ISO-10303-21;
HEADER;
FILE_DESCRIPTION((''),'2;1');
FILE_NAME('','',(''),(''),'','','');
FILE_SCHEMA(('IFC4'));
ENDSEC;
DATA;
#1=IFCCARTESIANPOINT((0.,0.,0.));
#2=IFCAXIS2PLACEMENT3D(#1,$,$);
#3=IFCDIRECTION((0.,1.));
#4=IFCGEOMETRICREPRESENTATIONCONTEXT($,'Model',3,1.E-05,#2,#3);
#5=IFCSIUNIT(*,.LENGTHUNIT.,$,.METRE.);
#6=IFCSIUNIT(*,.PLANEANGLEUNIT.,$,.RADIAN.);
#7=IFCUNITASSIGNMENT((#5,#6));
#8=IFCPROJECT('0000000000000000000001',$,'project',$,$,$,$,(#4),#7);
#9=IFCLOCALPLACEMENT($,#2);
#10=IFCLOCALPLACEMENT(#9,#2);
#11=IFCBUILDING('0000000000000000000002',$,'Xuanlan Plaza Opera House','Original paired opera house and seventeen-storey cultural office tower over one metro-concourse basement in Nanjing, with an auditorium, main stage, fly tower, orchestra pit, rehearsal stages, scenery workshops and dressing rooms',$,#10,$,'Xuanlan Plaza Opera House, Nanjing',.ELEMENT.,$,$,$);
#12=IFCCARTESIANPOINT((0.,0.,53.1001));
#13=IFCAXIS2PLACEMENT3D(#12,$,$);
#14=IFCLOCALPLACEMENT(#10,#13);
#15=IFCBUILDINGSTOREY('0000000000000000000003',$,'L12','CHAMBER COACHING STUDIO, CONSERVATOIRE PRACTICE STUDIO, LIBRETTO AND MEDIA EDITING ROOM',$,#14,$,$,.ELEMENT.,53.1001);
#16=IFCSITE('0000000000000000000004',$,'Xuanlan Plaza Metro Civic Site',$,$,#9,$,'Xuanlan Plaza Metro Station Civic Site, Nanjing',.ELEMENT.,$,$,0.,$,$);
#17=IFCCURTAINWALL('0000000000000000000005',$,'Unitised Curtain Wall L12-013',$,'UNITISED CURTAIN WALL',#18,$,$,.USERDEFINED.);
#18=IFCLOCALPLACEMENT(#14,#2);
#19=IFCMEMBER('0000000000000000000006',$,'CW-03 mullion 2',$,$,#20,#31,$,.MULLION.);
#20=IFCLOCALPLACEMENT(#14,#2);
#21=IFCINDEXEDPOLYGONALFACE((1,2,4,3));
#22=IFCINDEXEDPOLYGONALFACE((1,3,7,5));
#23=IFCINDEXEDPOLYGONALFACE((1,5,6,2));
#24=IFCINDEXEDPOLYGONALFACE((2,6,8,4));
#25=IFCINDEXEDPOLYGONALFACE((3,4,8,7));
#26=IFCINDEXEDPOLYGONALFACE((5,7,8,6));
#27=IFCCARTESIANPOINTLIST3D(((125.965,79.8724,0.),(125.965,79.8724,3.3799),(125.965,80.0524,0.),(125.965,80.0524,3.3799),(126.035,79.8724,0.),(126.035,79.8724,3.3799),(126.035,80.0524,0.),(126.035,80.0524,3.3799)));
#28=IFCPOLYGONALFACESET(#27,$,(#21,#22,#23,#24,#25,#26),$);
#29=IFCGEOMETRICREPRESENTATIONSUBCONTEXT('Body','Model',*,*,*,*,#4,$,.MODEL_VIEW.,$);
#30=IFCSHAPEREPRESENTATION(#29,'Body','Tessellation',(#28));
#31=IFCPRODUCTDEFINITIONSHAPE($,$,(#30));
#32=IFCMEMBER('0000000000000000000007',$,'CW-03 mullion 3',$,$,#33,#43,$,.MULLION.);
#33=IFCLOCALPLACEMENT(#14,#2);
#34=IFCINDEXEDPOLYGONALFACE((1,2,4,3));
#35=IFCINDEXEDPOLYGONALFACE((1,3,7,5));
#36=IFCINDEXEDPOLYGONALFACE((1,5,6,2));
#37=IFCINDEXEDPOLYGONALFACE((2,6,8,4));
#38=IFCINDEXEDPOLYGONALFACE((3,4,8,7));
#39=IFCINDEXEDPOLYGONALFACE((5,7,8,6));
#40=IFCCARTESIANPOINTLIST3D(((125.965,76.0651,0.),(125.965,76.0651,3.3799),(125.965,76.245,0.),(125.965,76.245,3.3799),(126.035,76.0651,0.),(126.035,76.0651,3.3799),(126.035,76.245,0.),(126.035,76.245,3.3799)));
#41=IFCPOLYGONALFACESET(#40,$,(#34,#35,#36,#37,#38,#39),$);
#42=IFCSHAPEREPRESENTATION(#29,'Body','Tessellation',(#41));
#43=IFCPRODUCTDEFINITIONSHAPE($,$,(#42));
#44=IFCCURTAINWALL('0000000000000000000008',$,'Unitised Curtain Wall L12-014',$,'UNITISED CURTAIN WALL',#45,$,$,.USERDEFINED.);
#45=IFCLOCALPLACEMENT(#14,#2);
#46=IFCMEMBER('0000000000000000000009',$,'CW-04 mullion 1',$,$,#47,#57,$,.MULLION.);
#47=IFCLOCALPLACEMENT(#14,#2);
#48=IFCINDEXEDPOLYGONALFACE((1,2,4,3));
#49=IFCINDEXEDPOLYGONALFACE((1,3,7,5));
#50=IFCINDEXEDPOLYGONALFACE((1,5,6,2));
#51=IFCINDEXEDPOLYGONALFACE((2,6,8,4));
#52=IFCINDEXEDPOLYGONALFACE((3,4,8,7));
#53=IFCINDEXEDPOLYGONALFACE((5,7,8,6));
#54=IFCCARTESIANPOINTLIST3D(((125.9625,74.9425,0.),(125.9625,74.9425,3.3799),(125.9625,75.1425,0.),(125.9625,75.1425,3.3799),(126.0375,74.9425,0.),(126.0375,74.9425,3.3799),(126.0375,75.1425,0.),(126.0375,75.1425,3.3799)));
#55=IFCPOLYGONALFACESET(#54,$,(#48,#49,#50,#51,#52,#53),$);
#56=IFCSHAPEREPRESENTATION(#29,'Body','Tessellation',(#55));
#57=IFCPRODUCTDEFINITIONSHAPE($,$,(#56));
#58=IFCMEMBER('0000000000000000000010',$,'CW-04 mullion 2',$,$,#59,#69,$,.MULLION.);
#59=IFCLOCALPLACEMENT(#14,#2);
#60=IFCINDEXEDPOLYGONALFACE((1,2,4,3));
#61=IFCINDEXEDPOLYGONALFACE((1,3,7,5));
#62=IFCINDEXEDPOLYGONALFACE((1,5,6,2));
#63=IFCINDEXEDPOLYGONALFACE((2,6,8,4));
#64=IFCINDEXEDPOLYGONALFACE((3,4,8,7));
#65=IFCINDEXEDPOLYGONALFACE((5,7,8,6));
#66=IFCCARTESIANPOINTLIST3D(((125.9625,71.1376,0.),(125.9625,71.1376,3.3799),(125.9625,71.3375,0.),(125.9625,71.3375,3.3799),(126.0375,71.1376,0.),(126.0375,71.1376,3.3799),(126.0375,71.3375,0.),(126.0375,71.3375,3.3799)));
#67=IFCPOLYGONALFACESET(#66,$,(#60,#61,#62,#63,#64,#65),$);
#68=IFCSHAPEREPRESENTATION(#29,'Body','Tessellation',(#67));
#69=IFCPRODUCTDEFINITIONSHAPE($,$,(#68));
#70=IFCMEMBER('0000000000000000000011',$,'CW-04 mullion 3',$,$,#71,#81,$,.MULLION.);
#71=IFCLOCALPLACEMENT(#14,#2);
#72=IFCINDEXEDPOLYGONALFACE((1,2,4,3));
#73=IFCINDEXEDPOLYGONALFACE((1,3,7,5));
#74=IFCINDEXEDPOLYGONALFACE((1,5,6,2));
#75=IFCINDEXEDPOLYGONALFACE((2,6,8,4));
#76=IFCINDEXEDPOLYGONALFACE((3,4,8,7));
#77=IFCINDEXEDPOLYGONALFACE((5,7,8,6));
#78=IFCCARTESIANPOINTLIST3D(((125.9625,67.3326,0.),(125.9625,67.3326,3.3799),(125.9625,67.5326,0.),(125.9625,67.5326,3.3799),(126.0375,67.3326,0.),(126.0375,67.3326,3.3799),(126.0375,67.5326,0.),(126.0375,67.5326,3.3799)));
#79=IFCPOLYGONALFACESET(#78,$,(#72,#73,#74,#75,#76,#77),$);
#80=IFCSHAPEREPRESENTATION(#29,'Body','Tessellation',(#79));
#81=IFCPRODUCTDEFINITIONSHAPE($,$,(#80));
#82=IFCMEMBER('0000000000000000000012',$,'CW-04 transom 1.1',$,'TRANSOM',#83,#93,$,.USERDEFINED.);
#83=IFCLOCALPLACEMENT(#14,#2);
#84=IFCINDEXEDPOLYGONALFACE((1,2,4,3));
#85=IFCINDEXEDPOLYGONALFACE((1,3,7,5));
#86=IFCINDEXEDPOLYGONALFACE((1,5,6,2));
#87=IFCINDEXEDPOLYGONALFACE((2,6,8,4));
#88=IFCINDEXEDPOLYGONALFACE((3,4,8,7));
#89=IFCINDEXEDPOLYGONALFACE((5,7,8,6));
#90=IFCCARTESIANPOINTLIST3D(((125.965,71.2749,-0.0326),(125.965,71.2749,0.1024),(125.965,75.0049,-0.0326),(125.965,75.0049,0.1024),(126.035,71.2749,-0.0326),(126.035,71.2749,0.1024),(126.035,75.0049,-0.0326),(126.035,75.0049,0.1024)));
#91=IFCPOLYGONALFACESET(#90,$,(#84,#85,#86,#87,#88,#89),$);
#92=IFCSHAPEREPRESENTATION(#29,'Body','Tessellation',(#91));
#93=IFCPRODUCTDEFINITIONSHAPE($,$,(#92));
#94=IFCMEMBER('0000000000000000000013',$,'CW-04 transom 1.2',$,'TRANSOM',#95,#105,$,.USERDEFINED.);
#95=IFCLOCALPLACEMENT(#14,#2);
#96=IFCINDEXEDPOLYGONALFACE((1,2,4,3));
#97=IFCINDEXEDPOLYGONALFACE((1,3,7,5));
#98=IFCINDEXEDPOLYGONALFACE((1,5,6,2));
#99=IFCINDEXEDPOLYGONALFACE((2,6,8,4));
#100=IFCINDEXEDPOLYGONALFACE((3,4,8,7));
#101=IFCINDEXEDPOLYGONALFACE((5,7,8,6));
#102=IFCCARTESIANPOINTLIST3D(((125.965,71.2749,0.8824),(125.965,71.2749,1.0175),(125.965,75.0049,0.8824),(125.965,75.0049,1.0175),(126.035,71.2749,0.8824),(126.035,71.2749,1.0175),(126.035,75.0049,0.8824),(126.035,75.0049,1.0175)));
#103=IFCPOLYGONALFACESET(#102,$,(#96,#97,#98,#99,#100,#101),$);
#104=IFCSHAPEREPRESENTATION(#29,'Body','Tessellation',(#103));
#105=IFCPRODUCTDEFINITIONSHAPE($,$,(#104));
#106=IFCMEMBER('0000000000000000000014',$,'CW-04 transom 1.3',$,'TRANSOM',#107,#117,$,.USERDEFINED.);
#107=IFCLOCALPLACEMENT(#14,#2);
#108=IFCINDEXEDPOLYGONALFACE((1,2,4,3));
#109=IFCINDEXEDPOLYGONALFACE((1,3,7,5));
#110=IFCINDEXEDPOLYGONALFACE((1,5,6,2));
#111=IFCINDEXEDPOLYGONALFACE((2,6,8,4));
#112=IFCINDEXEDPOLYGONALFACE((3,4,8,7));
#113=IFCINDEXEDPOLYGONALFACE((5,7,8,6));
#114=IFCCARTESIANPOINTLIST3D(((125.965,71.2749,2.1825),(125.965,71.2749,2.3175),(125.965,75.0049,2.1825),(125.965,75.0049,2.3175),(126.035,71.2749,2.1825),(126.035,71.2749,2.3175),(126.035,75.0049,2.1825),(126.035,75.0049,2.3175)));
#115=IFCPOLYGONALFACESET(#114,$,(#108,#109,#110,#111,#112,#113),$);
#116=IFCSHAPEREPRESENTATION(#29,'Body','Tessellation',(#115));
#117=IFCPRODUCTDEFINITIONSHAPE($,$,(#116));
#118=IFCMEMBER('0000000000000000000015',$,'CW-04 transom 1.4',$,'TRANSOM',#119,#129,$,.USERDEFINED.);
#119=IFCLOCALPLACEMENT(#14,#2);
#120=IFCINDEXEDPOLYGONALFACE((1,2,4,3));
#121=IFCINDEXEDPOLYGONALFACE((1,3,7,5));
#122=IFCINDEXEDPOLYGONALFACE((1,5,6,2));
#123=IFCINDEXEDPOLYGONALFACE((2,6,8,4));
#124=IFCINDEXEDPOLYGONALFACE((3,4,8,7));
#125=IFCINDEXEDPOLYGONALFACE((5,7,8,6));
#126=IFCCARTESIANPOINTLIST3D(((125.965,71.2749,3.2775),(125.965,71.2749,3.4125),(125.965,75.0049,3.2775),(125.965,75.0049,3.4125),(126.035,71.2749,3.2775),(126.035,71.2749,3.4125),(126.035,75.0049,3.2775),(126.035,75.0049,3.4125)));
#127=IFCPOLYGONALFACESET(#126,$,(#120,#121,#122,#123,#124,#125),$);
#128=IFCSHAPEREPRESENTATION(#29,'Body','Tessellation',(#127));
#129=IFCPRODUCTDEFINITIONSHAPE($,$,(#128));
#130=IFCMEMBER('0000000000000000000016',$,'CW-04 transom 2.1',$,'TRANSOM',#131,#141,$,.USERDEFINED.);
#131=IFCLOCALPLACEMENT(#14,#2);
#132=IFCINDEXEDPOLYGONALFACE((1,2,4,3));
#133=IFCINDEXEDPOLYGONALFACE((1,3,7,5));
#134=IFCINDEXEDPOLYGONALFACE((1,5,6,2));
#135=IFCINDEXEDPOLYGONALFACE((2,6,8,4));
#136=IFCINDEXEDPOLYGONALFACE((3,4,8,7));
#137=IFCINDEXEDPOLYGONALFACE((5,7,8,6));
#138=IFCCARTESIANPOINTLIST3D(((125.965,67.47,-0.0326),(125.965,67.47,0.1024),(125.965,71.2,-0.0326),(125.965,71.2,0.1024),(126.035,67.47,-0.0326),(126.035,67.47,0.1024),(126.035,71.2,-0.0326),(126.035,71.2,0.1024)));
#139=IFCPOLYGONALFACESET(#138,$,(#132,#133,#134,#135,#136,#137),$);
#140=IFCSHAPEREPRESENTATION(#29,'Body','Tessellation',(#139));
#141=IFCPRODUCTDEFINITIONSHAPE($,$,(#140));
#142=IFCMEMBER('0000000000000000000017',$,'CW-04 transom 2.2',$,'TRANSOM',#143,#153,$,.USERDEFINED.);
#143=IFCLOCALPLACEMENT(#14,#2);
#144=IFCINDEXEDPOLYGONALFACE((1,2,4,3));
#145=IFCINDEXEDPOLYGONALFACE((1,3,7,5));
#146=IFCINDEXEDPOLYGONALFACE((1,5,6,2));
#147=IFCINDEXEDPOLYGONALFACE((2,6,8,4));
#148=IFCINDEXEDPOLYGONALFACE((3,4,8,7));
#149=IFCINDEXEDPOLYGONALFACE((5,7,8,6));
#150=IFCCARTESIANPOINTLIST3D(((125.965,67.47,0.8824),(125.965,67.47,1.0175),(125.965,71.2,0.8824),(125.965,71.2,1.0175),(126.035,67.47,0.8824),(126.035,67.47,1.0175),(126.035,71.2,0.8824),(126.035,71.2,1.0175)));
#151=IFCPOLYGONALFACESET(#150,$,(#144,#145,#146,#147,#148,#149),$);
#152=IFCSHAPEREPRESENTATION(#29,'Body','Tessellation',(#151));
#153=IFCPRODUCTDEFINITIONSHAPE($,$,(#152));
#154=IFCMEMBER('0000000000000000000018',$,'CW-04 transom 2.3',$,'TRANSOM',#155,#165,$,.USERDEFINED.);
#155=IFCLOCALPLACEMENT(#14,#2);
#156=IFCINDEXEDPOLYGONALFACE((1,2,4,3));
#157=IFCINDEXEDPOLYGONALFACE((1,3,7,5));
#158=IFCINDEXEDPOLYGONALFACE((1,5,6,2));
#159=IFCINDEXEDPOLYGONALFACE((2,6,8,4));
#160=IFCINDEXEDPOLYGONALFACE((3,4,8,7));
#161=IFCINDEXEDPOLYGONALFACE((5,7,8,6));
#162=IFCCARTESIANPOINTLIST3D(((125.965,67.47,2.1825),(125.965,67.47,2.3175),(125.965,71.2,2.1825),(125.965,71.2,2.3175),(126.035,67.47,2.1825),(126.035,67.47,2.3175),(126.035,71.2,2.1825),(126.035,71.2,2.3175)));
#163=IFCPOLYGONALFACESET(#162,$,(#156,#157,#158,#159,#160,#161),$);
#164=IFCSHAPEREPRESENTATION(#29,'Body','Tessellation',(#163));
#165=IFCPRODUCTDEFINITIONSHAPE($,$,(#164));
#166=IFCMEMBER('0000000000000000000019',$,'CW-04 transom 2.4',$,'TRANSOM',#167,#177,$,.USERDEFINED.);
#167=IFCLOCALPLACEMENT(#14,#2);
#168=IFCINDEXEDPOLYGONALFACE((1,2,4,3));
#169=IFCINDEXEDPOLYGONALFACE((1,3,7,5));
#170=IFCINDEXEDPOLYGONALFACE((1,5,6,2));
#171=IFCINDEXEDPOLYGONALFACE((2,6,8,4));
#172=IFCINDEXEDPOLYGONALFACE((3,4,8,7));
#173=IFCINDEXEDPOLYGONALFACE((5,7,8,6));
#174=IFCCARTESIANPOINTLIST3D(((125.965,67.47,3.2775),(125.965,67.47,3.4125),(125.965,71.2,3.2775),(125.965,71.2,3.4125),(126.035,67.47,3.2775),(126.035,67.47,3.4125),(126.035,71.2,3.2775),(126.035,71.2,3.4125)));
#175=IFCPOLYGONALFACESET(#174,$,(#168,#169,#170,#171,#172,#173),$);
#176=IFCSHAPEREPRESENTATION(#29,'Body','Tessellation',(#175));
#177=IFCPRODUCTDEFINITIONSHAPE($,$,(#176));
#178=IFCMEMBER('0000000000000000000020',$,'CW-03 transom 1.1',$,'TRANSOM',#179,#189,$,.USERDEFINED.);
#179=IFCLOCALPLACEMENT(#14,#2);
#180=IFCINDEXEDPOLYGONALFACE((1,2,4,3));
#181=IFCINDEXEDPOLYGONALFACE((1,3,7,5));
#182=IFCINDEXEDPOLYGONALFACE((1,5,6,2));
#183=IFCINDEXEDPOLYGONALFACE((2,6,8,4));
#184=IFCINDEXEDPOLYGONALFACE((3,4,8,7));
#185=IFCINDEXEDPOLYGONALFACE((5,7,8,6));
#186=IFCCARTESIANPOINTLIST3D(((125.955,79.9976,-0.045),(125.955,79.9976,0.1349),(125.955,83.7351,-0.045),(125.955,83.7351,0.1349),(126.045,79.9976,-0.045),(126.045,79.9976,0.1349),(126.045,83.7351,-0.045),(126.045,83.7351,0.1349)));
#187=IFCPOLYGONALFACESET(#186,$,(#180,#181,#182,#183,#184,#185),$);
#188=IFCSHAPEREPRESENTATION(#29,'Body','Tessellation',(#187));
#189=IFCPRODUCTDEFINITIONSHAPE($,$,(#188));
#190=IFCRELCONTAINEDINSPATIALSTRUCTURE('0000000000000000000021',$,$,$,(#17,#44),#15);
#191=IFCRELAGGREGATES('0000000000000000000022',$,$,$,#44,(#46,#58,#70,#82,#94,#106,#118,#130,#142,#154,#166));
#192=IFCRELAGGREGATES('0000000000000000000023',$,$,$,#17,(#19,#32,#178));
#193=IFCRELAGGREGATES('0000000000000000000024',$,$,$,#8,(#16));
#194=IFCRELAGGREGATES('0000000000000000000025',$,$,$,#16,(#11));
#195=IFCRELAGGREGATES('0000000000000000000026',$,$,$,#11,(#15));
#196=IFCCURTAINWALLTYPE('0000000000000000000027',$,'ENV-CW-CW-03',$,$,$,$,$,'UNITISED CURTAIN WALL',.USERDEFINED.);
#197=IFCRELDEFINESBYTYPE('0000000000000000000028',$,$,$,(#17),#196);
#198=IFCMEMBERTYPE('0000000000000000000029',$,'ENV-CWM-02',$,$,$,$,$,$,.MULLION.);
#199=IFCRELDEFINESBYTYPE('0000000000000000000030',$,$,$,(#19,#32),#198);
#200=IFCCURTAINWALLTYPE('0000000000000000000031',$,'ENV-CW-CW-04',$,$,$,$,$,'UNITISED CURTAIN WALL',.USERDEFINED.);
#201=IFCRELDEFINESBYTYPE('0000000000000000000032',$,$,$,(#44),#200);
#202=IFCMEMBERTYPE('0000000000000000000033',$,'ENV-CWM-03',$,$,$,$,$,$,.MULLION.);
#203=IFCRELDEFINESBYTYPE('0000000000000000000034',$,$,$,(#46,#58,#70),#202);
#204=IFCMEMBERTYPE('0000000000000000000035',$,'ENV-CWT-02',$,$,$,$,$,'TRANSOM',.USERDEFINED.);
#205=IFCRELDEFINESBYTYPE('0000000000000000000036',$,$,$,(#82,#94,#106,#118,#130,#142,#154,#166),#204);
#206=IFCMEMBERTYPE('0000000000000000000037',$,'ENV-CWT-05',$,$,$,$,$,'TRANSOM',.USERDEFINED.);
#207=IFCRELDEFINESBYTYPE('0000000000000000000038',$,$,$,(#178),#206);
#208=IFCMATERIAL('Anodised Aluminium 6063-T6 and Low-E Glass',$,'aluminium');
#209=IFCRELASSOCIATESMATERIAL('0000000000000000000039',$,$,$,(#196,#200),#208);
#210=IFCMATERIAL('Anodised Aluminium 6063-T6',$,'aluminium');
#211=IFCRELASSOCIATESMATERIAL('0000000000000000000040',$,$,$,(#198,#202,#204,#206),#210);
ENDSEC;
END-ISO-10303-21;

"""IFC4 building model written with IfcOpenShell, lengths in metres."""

from ifc_helpers import new_model, si_unit, direction, frame, origin, origin_2d, place, context, subcontext, project, spatial, rectangle, extrude, material, material_profile, profile_set, type_object, element, aggregate, save


model = new_model("IFC4")

# Units and contexts
model_context = context("Model", 3, precision=1e-05, world=origin(), true_north=direction((0.0, 1.0)))
body_context = subcontext(model_context, "Body", "Model", "MODEL_VIEW")
ifc_project = project(units=[si_unit("LENGTHUNIT", "METRE"), si_unit("PLANEANGLEUNIT", "RADIAN")], contexts=[model_context])

# Site, building, storey
site_placement = place(None, origin())
site = spatial("IfcSite", under=ifc_project, at=site_placement, Name="Xuanlan Plaza Metro Civic Site", LongName="Xuanlan Plaza Metro Station Civic Site, Nanjing", CompositionType="ELEMENT", RefElevation=0.0)
building_placement = place(site_placement, origin())
building = spatial("IfcBuilding", under=site, at=building_placement, Name="Xuanlan Plaza Opera House", Description="Original paired opera house and seventeen-storey cultural office tower over one metro-concourse basement in Nanjing, with an auditorium, main stage, fly tower, orchestra pit, rehearsal stages, scenery workshops and dressing rooms", LongName="Xuanlan Plaza Opera House, Nanjing", CompositionType="ELEMENT")
storey_placement = place(building_placement, frame((0.0, 0.0, 53.1001)))
storey = spatial("IfcBuildingStorey", under=building, at=storey_placement, Name="L12", Description="CHAMBER COACHING STUDIO, CONSERVATOIRE PRACTICE STUDIO, LIBRETTO AND MEDIA EDITING ROOM", CompositionType="ELEMENT", Elevation=53.1001)

# Curtain walls, members
ifc_material_1 = material(Name="Anodised Aluminium 6063-T6 and Low-E Glass", Category="aluminium")
curtain_wall_type_1 = type_object("IfcCurtainWallType", Name="ENV-CW-CW-03", ElementType="UNITISED CURTAIN WALL", PredefinedType="USERDEFINED", material=ifc_material_1)
curtain_wall_1_placement = place(storey_placement, origin())
curtain_wall_1 = element("IfcCurtainWall", 1, at=curtain_wall_1_placement, inside=storey, type_object=curtain_wall_type_1, Name="Unitised Curtain Wall L12-013", ObjectType="UNITISED CURTAIN WALL", PredefinedType="USERDEFINED")
ifc_material_2 = material(Name="Anodised Aluminium 6063-T6", Category="aluminium")
ifc_material_profile_1 = material_profile(ifc_material_2, rectangle(XDim=0.0701, YDim=0.1799, at=origin_2d()), Name="ALU-M 70x180")
ifc_profile_set_1 = profile_set([ifc_material_profile_1], Name="Anodised Aluminium 6063-T6")
member_type_1 = type_object("IfcMemberType", Name="ENV-CWM-02", PredefinedType="MULLION", material=ifc_profile_set_1)
member_1_placement = place(storey_placement, frame((126.0, 79.9624, 0.0), z_axis=(0.0, 0.0, 1.0), x_axis=(1.0, 0.0, 0.0)))
member_1 = element("IfcMember", 2, at=member_1_placement, type_object=member_type_1, Name="CW-03 mullion 2", PredefinedType="MULLION", context=body_context, shape_type="SweptSolid", body=[
    extrude(rectangle(XDim=0.0701, YDim=0.1799, at=origin_2d()), origin(), (0.0, 0.0, 1.0), 3.3799),
])
member_2_placement = place(storey_placement, frame((126.0, 76.155, 0.0), z_axis=(0.0, 0.0, 1.0), x_axis=(1.0, 0.0, 0.0)))
member_2 = element("IfcMember", 3, at=member_2_placement, type_object=member_type_1, Name="CW-03 mullion 3", PredefinedType="MULLION", context=body_context, shape_type="SweptSolid", body=[
    extrude(rectangle(XDim=0.0701, YDim=0.1799, at=origin_2d()), origin(), (0.0, 0.0, 1.0), 3.3799),
])
curtain_wall_type_2 = type_object("IfcCurtainWallType", Name="ENV-CW-CW-04", ElementType="UNITISED CURTAIN WALL", PredefinedType="USERDEFINED", material=ifc_material_1)
curtain_wall_2_placement = place(storey_placement, origin())
curtain_wall_2 = element("IfcCurtainWall", 4, at=curtain_wall_2_placement, inside=storey, type_object=curtain_wall_type_2, Name="Unitised Curtain Wall L12-014", ObjectType="UNITISED CURTAIN WALL", PredefinedType="USERDEFINED")
ifc_material_profile_2 = material_profile(ifc_material_2, rectangle(XDim=0.075, YDim=0.2, at=origin_2d()), Name="ALU-M 75x200")
ifc_profile_set_2 = profile_set([ifc_material_profile_2], Name="Anodised Aluminium 6063-T6")
member_type_2 = type_object("IfcMemberType", Name="ENV-CWM-03", PredefinedType="MULLION", material=ifc_profile_set_2)
member_3_placement = place(storey_placement, frame((126.0, 75.0425, 0.0), z_axis=(0.0, 0.0, 1.0), x_axis=(1.0, 0.0, 0.0)))
member_3 = element("IfcMember", 5, at=member_3_placement, type_object=member_type_2, Name="CW-04 mullion 1", PredefinedType="MULLION", context=body_context, shape_type="SweptSolid", body=[
    extrude(rectangle(XDim=0.075, YDim=0.2, at=origin_2d()), origin(), (0.0, 0.0, 1.0), 3.3799),
])
member_4_placement = place(storey_placement, frame((126.0, 71.2375, 0.0), z_axis=(0.0, 0.0, 1.0), x_axis=(1.0, 0.0, 0.0)))
member_4 = element("IfcMember", 6, at=member_4_placement, type_object=member_type_2, Name="CW-04 mullion 2", PredefinedType="MULLION", context=body_context, shape_type="SweptSolid", body=[
    extrude(rectangle(XDim=0.075, YDim=0.2, at=origin_2d()), origin(), (0.0, 0.0, 1.0), 3.3799),
])
member_5_placement = place(storey_placement, frame((126.0, 67.4326, 0.0), z_axis=(0.0, 0.0, 1.0), x_axis=(1.0, 0.0, 0.0)))
member_5 = element("IfcMember", 7, at=member_5_placement, type_object=member_type_2, Name="CW-04 mullion 3", PredefinedType="MULLION", context=body_context, shape_type="SweptSolid", body=[
    extrude(rectangle(XDim=0.075, YDim=0.2, at=origin_2d()), origin(), (0.0, 0.0, 1.0), 3.3799),
])
ifc_material_profile_3 = material_profile(ifc_material_2, rectangle(XDim=0.0701, YDim=0.135, at=origin_2d()), Name="ALU-T 70x135")
ifc_profile_set_3 = profile_set([ifc_material_profile_3], Name="Anodised Aluminium 6063-T6")
member_type_3 = type_object("IfcMemberType", Name="ENV-CWT-02", ElementType="TRANSOM", PredefinedType="USERDEFINED", material=ifc_profile_set_3)
member_6_placement = place(storey_placement, frame((126.0, 75.0049, 0.0349), z_axis=(0.0, -1.0, 0.0), x_axis=(1.0, 0.0, 0.0)))
member_6 = element("IfcMember", 8, at=member_6_placement, type_object=member_type_3, Name="CW-04 transom 1.1", ObjectType="TRANSOM", PredefinedType="USERDEFINED", context=body_context, shape_type="SweptSolid", body=[
    extrude(rectangle(XDim=0.0701, YDim=0.135, at=origin_2d()), origin(), (0.0, 0.0, 1.0), 3.73),
])
member_7_placement = place(storey_placement, frame((126.0, 75.0049, 0.95), z_axis=(0.0, -1.0, 0.0), x_axis=(1.0, 0.0, 0.0)))
member_7 = element("IfcMember", 9, at=member_7_placement, type_object=member_type_3, Name="CW-04 transom 1.2", ObjectType="TRANSOM", PredefinedType="USERDEFINED", context=body_context, shape_type="SweptSolid", body=[
    extrude(rectangle(XDim=0.0701, YDim=0.135, at=origin_2d()), origin(), (0.0, 0.0, 1.0), 3.73),
])
member_8_placement = place(storey_placement, frame((126.0, 75.0049, 2.25), z_axis=(0.0, -1.0, 0.0), x_axis=(1.0, 0.0, 0.0)))
member_8 = element("IfcMember", 10, at=member_8_placement, type_object=member_type_3, Name="CW-04 transom 1.3", ObjectType="TRANSOM", PredefinedType="USERDEFINED", context=body_context, shape_type="SweptSolid", body=[
    extrude(rectangle(XDim=0.0701, YDim=0.135, at=origin_2d()), origin(), (0.0, 0.0, 1.0), 3.73),
])
member_9_placement = place(storey_placement, frame((126.0, 75.0049, 3.345), z_axis=(0.0, -1.0, 0.0), x_axis=(1.0, 0.0, 0.0)))
member_9 = element("IfcMember", 11, at=member_9_placement, type_object=member_type_3, Name="CW-04 transom 1.4", ObjectType="TRANSOM", PredefinedType="USERDEFINED", context=body_context, shape_type="SweptSolid", body=[
    extrude(rectangle(XDim=0.0701, YDim=0.135, at=origin_2d()), origin(), (0.0, 0.0, 1.0), 3.73),
])
member_10_placement = place(storey_placement, frame((126.0, 71.2, 0.0349), z_axis=(0.0, -1.0, 0.0), x_axis=(1.0, 0.0, 0.0)))
member_10 = element("IfcMember", 12, at=member_10_placement, type_object=member_type_3, Name="CW-04 transom 2.1", ObjectType="TRANSOM", PredefinedType="USERDEFINED", context=body_context, shape_type="SweptSolid", body=[
    extrude(rectangle(XDim=0.0701, YDim=0.135, at=origin_2d()), origin(), (0.0, 0.0, 1.0), 3.73),
])
member_11_placement = place(storey_placement, frame((126.0, 71.2, 0.95), z_axis=(0.0, -1.0, 0.0), x_axis=(1.0, 0.0, 0.0)))
member_11 = element("IfcMember", 13, at=member_11_placement, type_object=member_type_3, Name="CW-04 transom 2.2", ObjectType="TRANSOM", PredefinedType="USERDEFINED", context=body_context, shape_type="SweptSolid", body=[
    extrude(rectangle(XDim=0.0701, YDim=0.135, at=origin_2d()), origin(), (0.0, 0.0, 1.0), 3.73),
])
member_12_placement = place(storey_placement, frame((126.0, 71.2, 2.25), z_axis=(0.0, -1.0, 0.0), x_axis=(1.0, 0.0, 0.0)))
member_12 = element("IfcMember", 14, at=member_12_placement, type_object=member_type_3, Name="CW-04 transom 2.3", ObjectType="TRANSOM", PredefinedType="USERDEFINED", context=body_context, shape_type="SweptSolid", body=[
    extrude(rectangle(XDim=0.0701, YDim=0.135, at=origin_2d()), origin(), (0.0, 0.0, 1.0), 3.73),
])
member_13_placement = place(storey_placement, frame((126.0, 71.2, 3.345), z_axis=(0.0, -1.0, 0.0), x_axis=(1.0, 0.0, 0.0)))
member_13 = element("IfcMember", 15, at=member_13_placement, type_object=member_type_3, Name="CW-04 transom 2.4", ObjectType="TRANSOM", PredefinedType="USERDEFINED", context=body_context, shape_type="SweptSolid", body=[
    extrude(rectangle(XDim=0.0701, YDim=0.135, at=origin_2d()), origin(), (0.0, 0.0, 1.0), 3.73),
])

# Member
ifc_material_profile_4 = material_profile(ifc_material_2, rectangle(XDim=0.0901, YDim=0.1799, at=origin_2d()), Name="ALU-T 90x180")
ifc_profile_set_4 = profile_set([ifc_material_profile_4], Name="Anodised Aluminium 6063-T6")
member_type_4 = type_object("IfcMemberType", Name="ENV-CWT-05", ElementType="TRANSOM", PredefinedType="USERDEFINED", material=ifc_profile_set_4)
member_14_placement = place(storey_placement, frame((126.0, 83.7351, 0.0449), z_axis=(0.0, -1.0, 0.0), x_axis=(1.0, 0.0, 0.0)))
member_14 = element("IfcMember", 16, at=member_14_placement, type_object=member_type_4, Name="CW-03 transom 1.1", ObjectType="TRANSOM", PredefinedType="USERDEFINED", context=body_context, shape_type="SweptSolid", body=[
    extrude(rectangle(XDim=0.0901, YDim=0.1799, at=origin_2d()), origin(), (0.0, 0.0, 1.0), 3.7375),
])

aggregate(curtain_wall_2, [member_3, member_4, member_5, member_6, member_7, member_8, member_9, member_10, member_11, member_12, member_13])
aggregate(curtain_wall_1, [member_1, member_2, member_14])

save(model, "model.ifc")
